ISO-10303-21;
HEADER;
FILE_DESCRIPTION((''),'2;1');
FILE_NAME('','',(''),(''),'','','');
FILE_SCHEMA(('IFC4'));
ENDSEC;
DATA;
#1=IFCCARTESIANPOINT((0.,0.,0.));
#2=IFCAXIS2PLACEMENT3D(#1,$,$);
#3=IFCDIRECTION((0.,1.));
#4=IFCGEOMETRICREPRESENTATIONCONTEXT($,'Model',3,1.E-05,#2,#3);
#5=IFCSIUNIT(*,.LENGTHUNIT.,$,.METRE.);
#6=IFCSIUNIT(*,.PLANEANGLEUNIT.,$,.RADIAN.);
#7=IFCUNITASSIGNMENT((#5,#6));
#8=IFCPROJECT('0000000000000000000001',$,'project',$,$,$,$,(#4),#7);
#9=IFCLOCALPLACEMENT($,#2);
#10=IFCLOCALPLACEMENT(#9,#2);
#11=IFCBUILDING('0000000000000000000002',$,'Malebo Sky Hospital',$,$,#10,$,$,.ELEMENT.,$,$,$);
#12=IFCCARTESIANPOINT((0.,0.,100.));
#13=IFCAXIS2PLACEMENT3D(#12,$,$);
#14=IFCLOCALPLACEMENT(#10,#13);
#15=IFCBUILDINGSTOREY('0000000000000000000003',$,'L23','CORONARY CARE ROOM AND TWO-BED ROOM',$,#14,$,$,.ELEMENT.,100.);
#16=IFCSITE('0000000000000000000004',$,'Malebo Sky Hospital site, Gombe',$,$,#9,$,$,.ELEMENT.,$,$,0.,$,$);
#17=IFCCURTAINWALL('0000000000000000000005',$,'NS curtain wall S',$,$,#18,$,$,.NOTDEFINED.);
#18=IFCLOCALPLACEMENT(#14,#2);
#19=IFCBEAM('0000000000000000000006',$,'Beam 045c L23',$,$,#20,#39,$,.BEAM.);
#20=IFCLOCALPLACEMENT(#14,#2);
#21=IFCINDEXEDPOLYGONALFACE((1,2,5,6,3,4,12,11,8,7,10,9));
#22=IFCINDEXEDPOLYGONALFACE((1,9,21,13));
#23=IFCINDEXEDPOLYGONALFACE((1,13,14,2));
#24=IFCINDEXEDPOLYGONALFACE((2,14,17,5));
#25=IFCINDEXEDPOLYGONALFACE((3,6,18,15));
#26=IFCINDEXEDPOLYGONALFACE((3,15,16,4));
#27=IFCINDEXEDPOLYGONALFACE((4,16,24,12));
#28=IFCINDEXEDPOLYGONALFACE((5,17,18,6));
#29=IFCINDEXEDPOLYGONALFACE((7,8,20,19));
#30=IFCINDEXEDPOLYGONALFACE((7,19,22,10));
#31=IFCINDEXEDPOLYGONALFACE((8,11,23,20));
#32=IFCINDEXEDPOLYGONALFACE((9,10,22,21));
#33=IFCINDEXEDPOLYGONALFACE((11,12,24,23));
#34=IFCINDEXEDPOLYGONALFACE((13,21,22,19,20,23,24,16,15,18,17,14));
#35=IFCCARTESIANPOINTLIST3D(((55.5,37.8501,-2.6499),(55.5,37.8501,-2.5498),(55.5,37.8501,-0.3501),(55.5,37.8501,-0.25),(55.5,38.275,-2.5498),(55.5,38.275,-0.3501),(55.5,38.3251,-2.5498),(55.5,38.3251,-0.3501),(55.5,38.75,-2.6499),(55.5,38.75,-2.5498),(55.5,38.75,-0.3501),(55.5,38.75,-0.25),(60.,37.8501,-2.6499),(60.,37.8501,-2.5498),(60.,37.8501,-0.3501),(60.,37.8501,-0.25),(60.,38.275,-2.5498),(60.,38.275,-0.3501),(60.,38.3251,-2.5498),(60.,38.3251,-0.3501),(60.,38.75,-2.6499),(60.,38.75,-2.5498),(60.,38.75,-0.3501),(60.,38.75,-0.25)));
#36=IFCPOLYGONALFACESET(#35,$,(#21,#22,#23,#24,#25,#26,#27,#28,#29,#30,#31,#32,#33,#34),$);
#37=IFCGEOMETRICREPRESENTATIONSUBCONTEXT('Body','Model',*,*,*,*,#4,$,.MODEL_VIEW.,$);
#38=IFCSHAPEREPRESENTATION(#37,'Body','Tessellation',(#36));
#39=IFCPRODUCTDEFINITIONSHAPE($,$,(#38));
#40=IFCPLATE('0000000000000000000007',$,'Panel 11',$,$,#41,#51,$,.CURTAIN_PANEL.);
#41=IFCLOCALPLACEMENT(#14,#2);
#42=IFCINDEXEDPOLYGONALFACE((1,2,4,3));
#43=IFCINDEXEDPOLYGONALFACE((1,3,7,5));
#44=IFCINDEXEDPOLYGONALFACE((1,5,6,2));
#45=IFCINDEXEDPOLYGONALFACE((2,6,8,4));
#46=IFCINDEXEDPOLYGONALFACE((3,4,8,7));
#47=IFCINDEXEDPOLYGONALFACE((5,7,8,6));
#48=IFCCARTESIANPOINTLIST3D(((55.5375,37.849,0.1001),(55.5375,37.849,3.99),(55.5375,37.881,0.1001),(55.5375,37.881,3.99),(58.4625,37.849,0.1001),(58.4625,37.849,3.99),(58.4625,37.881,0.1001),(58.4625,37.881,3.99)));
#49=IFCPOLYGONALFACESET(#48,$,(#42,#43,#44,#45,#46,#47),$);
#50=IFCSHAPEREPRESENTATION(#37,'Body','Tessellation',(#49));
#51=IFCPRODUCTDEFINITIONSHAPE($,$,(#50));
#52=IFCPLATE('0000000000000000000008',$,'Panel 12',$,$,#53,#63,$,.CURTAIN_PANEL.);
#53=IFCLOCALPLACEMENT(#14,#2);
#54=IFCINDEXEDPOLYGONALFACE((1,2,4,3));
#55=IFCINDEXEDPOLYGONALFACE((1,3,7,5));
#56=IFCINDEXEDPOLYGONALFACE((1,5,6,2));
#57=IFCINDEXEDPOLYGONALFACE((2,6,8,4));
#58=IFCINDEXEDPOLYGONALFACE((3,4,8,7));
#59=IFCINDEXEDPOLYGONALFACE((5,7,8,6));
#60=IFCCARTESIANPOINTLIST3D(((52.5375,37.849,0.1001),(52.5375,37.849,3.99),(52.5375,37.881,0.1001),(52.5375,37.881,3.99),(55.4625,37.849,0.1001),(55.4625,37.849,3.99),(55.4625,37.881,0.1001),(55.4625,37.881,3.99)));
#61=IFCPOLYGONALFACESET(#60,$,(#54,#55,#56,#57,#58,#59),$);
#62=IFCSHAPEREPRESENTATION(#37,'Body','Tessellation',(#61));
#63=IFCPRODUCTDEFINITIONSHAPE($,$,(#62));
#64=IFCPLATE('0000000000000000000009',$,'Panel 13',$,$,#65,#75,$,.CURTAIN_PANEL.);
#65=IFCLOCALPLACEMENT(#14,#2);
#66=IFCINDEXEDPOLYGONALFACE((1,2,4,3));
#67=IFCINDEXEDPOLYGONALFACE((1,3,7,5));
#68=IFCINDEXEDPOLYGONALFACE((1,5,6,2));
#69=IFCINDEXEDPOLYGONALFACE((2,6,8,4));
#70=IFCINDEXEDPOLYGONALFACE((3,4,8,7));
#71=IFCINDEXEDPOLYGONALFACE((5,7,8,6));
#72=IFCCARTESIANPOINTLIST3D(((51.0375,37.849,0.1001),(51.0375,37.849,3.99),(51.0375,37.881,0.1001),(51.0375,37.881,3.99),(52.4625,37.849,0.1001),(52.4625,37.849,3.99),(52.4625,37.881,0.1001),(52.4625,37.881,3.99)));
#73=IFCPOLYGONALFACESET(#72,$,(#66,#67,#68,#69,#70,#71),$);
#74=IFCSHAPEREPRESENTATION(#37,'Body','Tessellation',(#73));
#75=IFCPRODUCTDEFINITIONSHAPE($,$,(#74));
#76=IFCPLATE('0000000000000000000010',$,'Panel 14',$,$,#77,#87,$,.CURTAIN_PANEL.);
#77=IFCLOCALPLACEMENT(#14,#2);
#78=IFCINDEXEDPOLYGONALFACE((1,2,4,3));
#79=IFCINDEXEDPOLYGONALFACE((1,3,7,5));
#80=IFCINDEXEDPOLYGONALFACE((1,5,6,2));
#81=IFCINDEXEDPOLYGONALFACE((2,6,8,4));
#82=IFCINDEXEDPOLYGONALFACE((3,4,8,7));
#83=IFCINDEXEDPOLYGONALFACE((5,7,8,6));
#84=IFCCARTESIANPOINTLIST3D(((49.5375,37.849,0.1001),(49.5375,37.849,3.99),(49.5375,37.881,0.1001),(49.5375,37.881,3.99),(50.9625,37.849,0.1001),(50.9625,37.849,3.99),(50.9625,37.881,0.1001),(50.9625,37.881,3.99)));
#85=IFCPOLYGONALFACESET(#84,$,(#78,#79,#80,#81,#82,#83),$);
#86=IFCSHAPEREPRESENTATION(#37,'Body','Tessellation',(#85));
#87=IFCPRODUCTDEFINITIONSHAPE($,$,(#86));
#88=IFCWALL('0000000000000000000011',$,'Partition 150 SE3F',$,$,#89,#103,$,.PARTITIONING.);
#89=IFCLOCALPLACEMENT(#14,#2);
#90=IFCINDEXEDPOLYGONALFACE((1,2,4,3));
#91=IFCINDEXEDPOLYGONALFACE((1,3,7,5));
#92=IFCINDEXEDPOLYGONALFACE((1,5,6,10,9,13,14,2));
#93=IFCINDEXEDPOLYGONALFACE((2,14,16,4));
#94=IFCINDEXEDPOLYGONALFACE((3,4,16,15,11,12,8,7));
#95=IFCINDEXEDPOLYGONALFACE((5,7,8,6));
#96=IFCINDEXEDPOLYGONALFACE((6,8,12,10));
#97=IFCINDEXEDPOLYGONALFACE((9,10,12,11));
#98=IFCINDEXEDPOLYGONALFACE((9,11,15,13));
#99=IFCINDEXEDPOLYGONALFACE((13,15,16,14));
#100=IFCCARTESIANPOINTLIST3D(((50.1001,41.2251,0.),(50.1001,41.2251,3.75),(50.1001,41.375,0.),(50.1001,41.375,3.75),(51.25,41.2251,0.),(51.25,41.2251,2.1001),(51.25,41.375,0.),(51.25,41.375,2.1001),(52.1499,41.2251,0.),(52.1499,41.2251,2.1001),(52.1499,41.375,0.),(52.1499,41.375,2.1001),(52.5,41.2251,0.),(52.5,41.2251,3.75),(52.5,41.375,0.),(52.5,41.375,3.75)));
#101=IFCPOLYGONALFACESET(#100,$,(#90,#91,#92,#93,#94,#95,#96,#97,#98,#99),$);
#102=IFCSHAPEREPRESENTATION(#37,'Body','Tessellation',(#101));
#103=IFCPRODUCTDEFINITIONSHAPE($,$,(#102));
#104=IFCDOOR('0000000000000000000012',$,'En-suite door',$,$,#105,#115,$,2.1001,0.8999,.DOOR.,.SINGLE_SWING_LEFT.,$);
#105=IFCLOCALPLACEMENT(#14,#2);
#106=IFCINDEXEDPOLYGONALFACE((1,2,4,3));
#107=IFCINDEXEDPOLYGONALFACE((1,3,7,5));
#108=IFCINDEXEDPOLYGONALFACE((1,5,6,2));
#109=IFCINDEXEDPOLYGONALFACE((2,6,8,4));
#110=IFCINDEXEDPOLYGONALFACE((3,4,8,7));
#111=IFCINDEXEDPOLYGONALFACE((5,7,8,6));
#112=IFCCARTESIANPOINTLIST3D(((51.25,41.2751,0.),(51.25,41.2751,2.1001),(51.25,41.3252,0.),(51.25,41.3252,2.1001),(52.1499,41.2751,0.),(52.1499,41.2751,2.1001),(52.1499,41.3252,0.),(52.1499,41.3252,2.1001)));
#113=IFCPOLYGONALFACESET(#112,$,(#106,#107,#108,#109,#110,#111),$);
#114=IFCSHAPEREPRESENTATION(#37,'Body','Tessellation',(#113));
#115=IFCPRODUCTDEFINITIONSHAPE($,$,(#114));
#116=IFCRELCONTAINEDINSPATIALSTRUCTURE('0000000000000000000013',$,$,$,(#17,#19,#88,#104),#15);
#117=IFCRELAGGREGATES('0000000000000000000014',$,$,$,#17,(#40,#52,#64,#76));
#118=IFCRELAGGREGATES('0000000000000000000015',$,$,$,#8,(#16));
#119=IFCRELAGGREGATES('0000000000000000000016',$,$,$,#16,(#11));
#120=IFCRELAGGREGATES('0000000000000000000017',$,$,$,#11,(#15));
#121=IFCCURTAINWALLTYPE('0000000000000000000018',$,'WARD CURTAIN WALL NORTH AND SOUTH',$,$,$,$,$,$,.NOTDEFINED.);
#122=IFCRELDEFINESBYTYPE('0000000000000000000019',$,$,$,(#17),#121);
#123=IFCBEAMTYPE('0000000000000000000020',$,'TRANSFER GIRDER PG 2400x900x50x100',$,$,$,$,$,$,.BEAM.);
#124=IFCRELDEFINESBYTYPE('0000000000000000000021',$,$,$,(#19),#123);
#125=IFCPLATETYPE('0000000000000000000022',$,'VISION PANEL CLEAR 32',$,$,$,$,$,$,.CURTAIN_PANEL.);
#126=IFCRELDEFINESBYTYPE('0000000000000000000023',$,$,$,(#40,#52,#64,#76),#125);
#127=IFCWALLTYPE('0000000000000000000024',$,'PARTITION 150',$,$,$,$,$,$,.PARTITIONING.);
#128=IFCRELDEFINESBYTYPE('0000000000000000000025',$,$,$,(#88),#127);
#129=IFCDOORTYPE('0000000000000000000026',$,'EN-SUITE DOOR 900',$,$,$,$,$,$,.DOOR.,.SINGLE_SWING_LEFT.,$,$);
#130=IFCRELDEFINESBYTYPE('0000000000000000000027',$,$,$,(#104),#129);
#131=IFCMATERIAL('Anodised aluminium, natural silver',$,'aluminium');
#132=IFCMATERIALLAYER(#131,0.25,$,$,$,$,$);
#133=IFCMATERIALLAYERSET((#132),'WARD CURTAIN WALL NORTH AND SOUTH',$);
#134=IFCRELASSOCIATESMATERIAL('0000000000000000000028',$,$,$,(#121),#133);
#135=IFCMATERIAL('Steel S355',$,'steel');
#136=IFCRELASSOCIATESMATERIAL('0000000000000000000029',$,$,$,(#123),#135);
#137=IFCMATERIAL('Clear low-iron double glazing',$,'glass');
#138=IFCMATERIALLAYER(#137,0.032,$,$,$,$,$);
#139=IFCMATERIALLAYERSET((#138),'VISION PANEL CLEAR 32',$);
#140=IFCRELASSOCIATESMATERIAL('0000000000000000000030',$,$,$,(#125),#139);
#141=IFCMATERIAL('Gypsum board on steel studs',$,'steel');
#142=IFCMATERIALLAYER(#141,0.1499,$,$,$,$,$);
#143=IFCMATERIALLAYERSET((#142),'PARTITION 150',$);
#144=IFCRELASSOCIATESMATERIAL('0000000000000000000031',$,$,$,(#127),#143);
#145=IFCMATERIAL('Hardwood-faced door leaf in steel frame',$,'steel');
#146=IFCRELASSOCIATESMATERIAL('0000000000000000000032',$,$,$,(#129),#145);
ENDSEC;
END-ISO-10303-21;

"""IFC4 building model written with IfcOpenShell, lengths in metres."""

from ifc_helpers import new_model, si_unit, direction, frame, frame_2d, origin, origin_2d, place, context, subcontext, project, spatial, rectangle, i_section, extrude, material, layer, layer_set, material_profile, profile_set, type_object, element, fill, aggregate, save


model = new_model("IFC4")

# Units and contexts
model_context = context("Model", 3, precision=1e-05, world=origin(), true_north=direction((0.0, 1.0)))
body_context = subcontext(model_context, "Body", "Model", "MODEL_VIEW")
ifc_project = project(units=[si_unit("LENGTHUNIT", "METRE"), si_unit("PLANEANGLEUNIT", "RADIAN")], contexts=[model_context])

# Site, building, storey
site_placement = place(None, origin())
site = spatial("IfcSite", under=ifc_project, at=site_placement, Name="Malebo Sky Hospital site, Gombe", CompositionType="ELEMENT", RefElevation=0.0)
building_placement = place(site_placement, origin())
building = spatial("IfcBuilding", under=site, at=building_placement, Name="Malebo Sky Hospital", CompositionType="ELEMENT")
storey_placement = place(building_placement, frame((0.0, 0.0, 100.0)))
storey = spatial("IfcBuildingStorey", under=building, at=storey_placement, Name="L23", Description="CORONARY CARE ROOM AND TWO-BED ROOM", CompositionType="ELEMENT", Elevation=100.0)

# Curtain wall
ifc_material_1 = material(Name="Anodised aluminium, natural silver", Category="aluminium")
ifc_layer_1 = layer(ifc_material_1, 0.25)
ifc_layer_set_1 = layer_set([ifc_layer_1], Name="WARD CURTAIN WALL NORTH AND SOUTH")
curtain_wall_type = type_object("IfcCurtainWallType", Name="WARD CURTAIN WALL NORTH AND SOUTH", PredefinedType="NOTDEFINED", material=ifc_layer_set_1)
curtain_wall_placement = place(storey_placement, origin())
curtain_wall = element("IfcCurtainWall", 1, at=curtain_wall_placement, inside=storey, type_object=curtain_wall_type, Name="NS curtain wall S", PredefinedType="NOTDEFINED")

# Beam
ifc_material_2 = material(Name="Steel S355", Category="steel")
ifc_material_profile_1 = material_profile(ifc_material_2, i_section(OverallWidth=0.8999, OverallDepth=2.3999, WebThickness=0.05, FlangeThickness=0.1001, at=origin_2d()), Name="PG 2400x900x50x100")
ifc_profile_set_1 = profile_set([ifc_material_profile_1], Name="Steel S355")
beam_type_1 = type_object("IfcBeamType", Name="TRANSFER GIRDER PG 2400x900x50x100", PredefinedType="BEAM", material=ifc_profile_set_1)
beam_1_placement = place(storey_placement, frame((55.5, 38.3, -1.45), z_axis=(1.0, 0.0, 0.0), x_axis=(0.0, 1.0, 0.0)))
element("IfcBeam", 2, at=beam_1_placement, inside=storey, type_object=beam_type_1, Name="Beam 045c L23", PredefinedType="BEAM", context=body_context, shape_type="SweptSolid", body=[
    extrude(i_section(OverallWidth=0.8999, OverallDepth=2.3999, WebThickness=0.05, FlangeThickness=0.1001, at=origin_2d()), origin(), (0.0, 0.0, 1.0), 4.5),
])

# Plates
ifc_material_3 = material(Name="Clear low-iron double glazing", Category="glass")
ifc_layer_2 = layer(ifc_material_3, 0.032)
ifc_layer_set_2 = layer_set([ifc_layer_2], Name="VISION PANEL CLEAR 32")
plate_type = type_object("IfcPlateType", Name="VISION PANEL CLEAR 32", PredefinedType="CURTAIN_PANEL", material=ifc_layer_set_2)
plate_1_placement = place(storey_placement, frame((57.0, 37.865, 0.1001), z_axis=(0.0, 0.0, 1.0), x_axis=(-1.0, 0.0, 0.0)))
plate_1 = element("IfcPlate", 3, at=plate_1_placement, type_object=plate_type, Name="Panel 11", PredefinedType="CURTAIN_PANEL", context=body_context, shape_type="SweptSolid", body=[
    extrude(rectangle(XDim=2.925, YDim=0.032, at=origin_2d()), origin(), (0.0, 0.0, 1.0), 3.8899),
])
plate_2_placement = place(storey_placement, frame((54.0, 37.865, 0.1001), z_axis=(0.0, 0.0, 1.0), x_axis=(-1.0, 0.0, 0.0)))
plate_2 = element("IfcPlate", 4, at=plate_2_placement, type_object=plate_type, Name="Panel 12", PredefinedType="CURTAIN_PANEL", context=body_context, shape_type="SweptSolid", body=[
    extrude(rectangle(XDim=2.925, YDim=0.032, at=origin_2d()), origin(), (0.0, 0.0, 1.0), 3.8899),
])
plate_3_placement = place(storey_placement, frame((51.75, 37.865, 0.1001), z_axis=(0.0, 0.0, 1.0), x_axis=(-1.0, 0.0, 0.0)))
plate_3 = element("IfcPlate", 5, at=plate_3_placement, type_object=plate_type, Name="Panel 13", PredefinedType="CURTAIN_PANEL", context=body_context, shape_type="SweptSolid", body=[
    extrude(rectangle(XDim=1.425, YDim=0.032, at=origin_2d()), origin(), (0.0, 0.0, 1.0), 3.8899),
])
plate_4_placement = place(storey_placement, frame((50.25, 37.865, 0.1001), z_axis=(0.0, 0.0, 1.0), x_axis=(-1.0, 0.0, 0.0)))
plate_4 = element("IfcPlate", 6, at=plate_4_placement, type_object=plate_type, Name="Panel 14", PredefinedType="CURTAIN_PANEL", context=body_context, shape_type="SweptSolid", body=[
    extrude(rectangle(XDim=1.425, YDim=0.032, at=origin_2d()), origin(), (0.0, 0.0, 1.0), 3.8899),
])
aggregate(curtain_wall, [plate_1, plate_2, plate_3, plate_4])

# Wall, opening, door
ifc_material_4 = material(Name="Gypsum board on steel studs", Category="steel")
ifc_layer_3 = layer(ifc_material_4, 0.1499)
ifc_layer_set_3 = layer_set([ifc_layer_3], Name="PARTITION 150")
wall_type = type_object("IfcWallType", Name="PARTITION 150", PredefinedType="PARTITIONING", material=ifc_layer_set_3)
wall_placement = place(storey_placement, frame((52.5, 41.3, 0.0), z_axis=(0.0, 0.0, 1.0), x_axis=(-1.0, 0.0, 0.0)))
wall = element("IfcWall", 7, at=wall_placement, inside=storey, type_object=wall_type, Name="Partition 150 SE3F", PredefinedType="PARTITIONING", context=body_context, shape_type="SweptSolid", body=[
    extrude(rectangle(XDim=2.3999, YDim=0.1499, at=frame_2d((1.2, 0.0))), origin(), (0.0, 0.0, 1.0), 3.75),
])
opening_placement = place(wall_placement, frame((0.3501, 0.0, 0.0)))
opening = element("IfcOpeningElement", 8, at=opening_placement, cuts=wall, PredefinedType="OPENING", context=body_context, shape_type="SweptSolid", body=[
    extrude(rectangle(XDim=0.8999, YDim=2.1001, at=frame_2d((0.45, 1.05))), frame((0.0, 0.085, 0.0), z_axis=(0.0, -1.0, 0.0), x_axis=(1.0, 0.0, 0.0)), (0.0, 0.0, 1.0), 0.1699),
])
ifc_material_5 = material(Name="Hardwood-faced door leaf in steel frame", Category="steel")
door_type = type_object("IfcDoorType", Name="EN-SUITE DOOR 900", OperationType="SINGLE_SWING_LEFT", PredefinedType="DOOR", material=ifc_material_5)
door_placement = place(opening_placement, origin())
door = element("IfcDoor", 9, at=door_placement, inside=storey, type_object=door_type, Name="En-suite door", OperationType="SINGLE_SWING_LEFT", OverallHeight=2.1001, OverallWidth=0.8999, PredefinedType="DOOR", context=body_context, shape_type="SweptSolid", body=[
    extrude(rectangle(XDim=0.8999, YDim=2.1001, at=frame_2d((0.45, 1.05))), frame((0.0, 0.0249, 0.0), z_axis=(0.0, -1.0, 0.0), x_axis=(1.0, 0.0, 0.0)), (0.0, 0.0, 1.0), 0.05),
])
fill(opening, door)

save(model, "model.ifc")
